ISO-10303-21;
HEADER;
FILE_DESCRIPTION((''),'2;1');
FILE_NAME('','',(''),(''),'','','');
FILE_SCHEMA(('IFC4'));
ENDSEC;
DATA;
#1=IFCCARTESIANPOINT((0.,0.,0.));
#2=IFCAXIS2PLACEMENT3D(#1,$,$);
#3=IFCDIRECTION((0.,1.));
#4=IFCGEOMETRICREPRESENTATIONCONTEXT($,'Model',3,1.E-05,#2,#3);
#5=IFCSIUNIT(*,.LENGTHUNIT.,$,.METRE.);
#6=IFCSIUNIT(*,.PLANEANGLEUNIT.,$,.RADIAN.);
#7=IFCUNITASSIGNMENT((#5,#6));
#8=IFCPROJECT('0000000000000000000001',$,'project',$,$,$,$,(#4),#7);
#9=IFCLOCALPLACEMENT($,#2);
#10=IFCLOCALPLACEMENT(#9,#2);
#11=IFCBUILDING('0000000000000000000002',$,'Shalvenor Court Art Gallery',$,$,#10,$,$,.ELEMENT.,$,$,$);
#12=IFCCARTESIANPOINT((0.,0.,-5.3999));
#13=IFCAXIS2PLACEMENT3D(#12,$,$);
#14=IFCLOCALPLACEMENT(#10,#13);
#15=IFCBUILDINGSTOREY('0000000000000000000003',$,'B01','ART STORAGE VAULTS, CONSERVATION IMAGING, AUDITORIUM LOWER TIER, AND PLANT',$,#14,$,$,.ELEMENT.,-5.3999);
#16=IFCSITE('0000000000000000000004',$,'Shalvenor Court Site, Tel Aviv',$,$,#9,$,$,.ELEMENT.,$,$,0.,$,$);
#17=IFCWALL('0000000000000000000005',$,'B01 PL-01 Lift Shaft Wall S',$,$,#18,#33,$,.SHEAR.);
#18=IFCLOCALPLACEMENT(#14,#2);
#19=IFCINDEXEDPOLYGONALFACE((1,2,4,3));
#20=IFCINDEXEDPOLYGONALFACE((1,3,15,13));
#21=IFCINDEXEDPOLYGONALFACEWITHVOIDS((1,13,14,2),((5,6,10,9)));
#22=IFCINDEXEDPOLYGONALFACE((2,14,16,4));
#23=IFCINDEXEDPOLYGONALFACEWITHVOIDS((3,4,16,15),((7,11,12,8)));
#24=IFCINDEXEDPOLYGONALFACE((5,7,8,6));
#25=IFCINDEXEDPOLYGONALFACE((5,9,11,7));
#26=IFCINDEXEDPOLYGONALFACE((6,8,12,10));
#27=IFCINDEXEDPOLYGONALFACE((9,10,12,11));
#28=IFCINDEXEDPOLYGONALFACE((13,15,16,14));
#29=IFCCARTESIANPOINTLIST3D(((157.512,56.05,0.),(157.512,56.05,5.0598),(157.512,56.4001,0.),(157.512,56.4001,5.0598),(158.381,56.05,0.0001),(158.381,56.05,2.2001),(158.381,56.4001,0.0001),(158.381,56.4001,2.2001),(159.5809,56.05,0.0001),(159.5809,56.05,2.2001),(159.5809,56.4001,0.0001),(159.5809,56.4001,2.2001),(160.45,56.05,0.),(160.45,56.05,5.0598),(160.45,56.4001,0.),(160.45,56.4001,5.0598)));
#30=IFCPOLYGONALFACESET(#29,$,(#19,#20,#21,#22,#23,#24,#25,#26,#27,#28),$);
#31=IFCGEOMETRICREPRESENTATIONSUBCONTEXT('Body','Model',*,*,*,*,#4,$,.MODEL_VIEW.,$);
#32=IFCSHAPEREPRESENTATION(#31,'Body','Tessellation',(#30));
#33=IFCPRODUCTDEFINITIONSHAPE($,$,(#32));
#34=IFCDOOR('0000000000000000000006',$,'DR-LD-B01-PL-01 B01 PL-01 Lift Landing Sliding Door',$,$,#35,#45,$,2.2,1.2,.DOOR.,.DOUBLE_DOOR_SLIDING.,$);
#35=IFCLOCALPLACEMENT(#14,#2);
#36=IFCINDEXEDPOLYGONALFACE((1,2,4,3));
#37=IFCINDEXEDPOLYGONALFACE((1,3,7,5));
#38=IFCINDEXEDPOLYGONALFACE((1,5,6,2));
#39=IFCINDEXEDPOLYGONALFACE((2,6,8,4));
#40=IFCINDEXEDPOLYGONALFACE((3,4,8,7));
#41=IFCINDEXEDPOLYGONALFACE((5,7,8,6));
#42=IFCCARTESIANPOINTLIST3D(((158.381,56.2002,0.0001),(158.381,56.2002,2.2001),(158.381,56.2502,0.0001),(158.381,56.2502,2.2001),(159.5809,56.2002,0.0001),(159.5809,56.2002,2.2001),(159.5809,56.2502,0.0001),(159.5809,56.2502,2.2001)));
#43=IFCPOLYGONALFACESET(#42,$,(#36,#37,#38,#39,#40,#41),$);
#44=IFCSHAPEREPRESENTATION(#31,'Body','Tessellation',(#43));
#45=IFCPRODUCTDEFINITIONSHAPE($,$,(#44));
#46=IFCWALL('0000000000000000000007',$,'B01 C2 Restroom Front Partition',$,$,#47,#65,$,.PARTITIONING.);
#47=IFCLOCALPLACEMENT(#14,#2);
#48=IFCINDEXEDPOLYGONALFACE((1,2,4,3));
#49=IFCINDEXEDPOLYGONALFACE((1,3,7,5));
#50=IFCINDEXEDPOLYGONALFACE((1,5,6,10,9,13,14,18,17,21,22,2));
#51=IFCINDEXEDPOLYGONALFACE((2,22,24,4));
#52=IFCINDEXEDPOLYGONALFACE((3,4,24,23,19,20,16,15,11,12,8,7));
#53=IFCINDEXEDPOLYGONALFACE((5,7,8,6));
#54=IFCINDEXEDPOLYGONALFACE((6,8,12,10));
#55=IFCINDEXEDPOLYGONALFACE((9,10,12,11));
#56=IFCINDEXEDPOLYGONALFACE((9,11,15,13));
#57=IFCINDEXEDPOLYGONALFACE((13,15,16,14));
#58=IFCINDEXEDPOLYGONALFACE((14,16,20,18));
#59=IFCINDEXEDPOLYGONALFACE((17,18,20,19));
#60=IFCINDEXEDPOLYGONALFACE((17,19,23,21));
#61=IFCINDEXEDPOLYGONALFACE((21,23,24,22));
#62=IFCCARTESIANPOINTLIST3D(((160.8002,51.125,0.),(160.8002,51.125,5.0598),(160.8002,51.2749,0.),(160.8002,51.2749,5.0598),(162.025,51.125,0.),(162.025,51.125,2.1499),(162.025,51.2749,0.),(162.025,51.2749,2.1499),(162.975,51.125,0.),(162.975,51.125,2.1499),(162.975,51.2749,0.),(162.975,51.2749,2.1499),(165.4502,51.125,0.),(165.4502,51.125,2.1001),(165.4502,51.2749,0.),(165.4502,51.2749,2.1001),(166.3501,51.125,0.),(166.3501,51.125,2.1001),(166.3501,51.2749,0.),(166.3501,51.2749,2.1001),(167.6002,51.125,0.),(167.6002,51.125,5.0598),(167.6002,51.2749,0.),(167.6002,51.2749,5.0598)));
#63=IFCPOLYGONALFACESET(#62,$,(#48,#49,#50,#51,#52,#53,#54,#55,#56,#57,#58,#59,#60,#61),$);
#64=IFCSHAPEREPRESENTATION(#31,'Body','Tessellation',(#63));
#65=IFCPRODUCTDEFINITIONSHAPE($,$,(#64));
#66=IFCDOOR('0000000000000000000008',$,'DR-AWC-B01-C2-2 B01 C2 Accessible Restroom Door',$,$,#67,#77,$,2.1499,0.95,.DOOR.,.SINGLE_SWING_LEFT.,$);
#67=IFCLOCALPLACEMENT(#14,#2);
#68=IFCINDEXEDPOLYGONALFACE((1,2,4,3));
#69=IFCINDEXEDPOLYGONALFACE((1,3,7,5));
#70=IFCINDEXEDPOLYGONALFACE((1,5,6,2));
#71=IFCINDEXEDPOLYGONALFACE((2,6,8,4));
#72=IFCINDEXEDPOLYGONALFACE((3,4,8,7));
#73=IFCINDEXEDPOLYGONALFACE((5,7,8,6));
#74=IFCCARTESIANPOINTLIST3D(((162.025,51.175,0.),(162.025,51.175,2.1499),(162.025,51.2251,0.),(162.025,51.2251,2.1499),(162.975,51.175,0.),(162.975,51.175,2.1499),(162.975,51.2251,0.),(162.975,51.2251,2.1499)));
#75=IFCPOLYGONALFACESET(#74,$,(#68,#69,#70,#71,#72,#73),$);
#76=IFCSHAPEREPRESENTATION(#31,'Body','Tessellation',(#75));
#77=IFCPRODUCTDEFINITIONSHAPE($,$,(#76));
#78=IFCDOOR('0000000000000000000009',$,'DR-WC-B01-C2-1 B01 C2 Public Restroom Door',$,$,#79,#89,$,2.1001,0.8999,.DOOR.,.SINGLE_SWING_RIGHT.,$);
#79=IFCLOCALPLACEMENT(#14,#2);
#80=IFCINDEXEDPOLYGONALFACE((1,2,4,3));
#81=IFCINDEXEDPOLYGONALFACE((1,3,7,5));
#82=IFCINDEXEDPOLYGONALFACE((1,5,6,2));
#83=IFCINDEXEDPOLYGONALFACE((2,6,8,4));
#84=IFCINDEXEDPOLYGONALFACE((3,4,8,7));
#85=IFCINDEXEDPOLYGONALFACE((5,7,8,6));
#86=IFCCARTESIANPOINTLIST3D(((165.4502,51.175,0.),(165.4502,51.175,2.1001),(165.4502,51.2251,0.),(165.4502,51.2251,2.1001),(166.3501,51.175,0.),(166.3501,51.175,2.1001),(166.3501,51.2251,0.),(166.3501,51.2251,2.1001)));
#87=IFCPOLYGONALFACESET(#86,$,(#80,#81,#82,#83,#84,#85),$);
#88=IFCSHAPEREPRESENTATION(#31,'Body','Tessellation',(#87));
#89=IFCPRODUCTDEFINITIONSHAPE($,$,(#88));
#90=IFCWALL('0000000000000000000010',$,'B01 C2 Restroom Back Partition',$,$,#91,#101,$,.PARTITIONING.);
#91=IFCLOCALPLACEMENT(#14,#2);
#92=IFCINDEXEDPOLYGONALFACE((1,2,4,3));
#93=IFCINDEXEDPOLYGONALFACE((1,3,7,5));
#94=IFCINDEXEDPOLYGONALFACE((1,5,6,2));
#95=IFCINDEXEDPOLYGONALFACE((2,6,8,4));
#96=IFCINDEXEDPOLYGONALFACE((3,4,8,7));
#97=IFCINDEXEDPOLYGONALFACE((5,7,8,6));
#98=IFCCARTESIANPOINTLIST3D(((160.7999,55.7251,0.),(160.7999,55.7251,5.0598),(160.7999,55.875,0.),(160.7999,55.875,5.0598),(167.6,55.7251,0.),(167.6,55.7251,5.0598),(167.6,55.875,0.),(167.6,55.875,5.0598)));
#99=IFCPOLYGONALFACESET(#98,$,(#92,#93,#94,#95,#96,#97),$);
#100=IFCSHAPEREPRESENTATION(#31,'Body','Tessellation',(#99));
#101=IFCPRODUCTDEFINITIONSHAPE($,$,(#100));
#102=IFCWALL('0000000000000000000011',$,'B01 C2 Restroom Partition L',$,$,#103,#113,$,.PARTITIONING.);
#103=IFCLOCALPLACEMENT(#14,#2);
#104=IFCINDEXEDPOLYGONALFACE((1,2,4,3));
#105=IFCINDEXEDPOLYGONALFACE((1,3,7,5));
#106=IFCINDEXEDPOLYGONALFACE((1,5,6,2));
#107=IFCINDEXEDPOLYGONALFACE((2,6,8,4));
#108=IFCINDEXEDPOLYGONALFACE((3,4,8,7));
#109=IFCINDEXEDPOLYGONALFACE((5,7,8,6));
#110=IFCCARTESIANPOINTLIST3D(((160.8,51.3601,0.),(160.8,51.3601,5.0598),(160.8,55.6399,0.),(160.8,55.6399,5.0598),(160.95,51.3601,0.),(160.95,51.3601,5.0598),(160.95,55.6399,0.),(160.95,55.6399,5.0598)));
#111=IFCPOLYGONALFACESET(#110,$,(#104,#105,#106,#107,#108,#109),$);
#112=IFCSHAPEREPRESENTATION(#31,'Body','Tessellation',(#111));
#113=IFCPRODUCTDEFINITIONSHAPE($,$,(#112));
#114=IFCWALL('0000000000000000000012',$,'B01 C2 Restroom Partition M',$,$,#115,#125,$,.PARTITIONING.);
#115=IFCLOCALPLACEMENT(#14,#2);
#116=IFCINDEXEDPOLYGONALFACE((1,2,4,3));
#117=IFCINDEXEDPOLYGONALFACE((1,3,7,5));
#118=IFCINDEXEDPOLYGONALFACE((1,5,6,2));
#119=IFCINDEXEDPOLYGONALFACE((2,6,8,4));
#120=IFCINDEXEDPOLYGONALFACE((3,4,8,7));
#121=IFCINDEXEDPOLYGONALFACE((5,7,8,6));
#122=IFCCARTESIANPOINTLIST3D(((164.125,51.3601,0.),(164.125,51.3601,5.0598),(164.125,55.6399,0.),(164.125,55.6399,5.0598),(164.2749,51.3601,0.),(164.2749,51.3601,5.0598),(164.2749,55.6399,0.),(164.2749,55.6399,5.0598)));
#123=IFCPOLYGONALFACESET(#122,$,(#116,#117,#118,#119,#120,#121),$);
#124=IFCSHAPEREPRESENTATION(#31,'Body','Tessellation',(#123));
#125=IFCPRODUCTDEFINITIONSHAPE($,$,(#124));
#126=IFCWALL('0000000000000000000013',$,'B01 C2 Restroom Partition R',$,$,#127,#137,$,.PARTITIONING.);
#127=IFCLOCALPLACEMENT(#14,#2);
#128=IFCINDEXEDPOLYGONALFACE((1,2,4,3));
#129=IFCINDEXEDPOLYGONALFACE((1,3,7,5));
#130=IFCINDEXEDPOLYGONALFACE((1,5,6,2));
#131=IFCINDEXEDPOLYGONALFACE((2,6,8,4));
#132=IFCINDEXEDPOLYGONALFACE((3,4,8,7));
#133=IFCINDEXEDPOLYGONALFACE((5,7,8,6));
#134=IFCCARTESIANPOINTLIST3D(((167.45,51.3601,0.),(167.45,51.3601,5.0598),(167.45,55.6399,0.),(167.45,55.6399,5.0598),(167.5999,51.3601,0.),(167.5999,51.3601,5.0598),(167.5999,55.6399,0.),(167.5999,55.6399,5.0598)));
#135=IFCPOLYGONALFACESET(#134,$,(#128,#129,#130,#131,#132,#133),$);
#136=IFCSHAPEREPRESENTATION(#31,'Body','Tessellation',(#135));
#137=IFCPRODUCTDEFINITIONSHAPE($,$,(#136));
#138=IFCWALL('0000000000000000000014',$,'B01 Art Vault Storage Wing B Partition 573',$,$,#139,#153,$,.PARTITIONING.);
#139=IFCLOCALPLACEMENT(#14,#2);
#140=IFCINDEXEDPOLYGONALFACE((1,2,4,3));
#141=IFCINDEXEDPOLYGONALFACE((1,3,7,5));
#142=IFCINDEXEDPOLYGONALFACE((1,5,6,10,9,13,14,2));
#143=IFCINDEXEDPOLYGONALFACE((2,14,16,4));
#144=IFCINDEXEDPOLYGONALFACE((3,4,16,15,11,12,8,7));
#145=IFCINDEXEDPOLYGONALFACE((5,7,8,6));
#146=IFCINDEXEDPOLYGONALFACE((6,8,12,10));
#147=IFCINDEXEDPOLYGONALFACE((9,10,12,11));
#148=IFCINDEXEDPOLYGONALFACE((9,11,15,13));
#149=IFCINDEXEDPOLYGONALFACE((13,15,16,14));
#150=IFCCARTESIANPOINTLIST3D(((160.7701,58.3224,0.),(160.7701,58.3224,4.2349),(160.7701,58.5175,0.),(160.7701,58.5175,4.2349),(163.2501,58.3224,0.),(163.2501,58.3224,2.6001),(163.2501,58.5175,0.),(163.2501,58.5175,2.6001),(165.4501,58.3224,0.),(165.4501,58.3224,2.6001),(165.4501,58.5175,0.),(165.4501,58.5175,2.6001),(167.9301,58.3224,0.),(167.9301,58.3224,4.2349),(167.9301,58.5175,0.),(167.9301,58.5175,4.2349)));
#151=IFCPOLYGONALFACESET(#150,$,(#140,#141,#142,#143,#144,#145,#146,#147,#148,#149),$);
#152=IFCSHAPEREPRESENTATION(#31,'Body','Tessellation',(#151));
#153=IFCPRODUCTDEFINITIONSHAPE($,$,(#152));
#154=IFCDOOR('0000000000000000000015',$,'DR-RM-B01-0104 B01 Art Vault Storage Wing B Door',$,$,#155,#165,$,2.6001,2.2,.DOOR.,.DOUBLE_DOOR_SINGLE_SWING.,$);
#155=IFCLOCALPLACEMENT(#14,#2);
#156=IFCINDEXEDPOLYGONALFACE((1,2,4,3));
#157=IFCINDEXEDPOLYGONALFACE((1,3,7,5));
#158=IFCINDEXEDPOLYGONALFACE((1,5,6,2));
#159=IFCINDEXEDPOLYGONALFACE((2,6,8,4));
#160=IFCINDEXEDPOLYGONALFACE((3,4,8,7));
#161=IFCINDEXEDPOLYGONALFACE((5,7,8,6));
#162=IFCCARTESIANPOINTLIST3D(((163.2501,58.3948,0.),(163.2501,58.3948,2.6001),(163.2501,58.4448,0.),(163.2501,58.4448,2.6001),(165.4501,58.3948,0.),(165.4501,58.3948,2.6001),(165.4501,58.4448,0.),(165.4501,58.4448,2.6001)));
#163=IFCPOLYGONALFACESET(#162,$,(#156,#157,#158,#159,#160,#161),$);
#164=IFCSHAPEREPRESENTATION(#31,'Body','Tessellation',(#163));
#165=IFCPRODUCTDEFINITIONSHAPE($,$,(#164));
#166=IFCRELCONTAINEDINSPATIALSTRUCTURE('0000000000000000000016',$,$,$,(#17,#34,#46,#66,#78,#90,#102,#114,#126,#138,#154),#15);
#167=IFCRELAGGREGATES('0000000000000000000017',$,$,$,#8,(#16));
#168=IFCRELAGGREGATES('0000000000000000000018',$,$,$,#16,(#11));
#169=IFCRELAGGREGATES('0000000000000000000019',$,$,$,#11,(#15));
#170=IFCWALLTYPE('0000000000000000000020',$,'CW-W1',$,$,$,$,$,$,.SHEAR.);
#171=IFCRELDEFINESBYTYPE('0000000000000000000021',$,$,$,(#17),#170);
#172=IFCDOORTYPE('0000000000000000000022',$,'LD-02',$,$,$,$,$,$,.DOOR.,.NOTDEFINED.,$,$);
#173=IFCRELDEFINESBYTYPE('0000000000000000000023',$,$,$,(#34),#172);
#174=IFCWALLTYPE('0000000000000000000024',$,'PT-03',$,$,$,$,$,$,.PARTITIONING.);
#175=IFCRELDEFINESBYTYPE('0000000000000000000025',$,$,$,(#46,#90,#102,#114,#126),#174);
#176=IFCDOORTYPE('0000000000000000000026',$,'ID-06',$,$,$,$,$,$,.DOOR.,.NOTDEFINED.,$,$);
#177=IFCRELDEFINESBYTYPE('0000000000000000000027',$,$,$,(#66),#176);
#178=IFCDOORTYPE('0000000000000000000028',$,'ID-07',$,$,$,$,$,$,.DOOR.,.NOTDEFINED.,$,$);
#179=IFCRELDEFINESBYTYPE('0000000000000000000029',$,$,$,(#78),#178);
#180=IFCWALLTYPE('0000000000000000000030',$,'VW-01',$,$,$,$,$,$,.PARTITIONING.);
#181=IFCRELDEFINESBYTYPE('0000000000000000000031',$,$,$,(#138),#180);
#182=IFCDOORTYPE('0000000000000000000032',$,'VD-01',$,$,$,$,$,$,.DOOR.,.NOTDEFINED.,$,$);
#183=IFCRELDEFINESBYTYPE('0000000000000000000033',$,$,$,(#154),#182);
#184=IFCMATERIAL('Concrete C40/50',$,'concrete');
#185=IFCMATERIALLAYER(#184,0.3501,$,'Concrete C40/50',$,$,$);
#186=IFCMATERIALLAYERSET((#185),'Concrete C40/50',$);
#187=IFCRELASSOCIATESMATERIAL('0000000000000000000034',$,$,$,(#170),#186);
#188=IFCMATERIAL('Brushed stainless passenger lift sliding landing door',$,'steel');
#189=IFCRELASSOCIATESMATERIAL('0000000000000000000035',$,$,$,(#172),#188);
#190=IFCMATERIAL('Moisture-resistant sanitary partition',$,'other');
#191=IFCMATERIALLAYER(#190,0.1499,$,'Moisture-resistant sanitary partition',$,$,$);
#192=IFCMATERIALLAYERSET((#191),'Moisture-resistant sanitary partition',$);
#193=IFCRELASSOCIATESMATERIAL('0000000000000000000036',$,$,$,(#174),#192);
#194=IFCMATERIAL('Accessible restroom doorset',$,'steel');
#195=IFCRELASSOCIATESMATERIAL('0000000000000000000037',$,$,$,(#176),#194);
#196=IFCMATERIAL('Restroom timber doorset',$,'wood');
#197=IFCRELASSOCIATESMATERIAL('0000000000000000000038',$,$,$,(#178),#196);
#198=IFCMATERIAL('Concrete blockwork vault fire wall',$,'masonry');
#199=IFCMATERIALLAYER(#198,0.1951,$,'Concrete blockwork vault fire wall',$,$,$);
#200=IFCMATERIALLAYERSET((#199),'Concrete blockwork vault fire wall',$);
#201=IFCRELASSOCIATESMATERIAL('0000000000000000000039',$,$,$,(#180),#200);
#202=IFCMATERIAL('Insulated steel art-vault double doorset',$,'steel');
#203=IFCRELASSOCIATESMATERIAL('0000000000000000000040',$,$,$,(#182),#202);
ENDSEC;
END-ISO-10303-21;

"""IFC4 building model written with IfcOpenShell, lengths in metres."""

from ifc_helpers import new_model, si_unit, direction, frame, frame_2d, origin, place, context, subcontext, project, spatial, rectangle, extrude, material, layer, layer_set, type_object, element, fill, save


model = new_model("IFC4")

# Units and contexts
model_context = context("Model", 3, precision=1e-05, world=origin(), true_north=direction((0.0, 1.0)))
body_context = subcontext(model_context, "Body", "Model", "MODEL_VIEW")
ifc_project = project(units=[si_unit("LENGTHUNIT", "METRE"), si_unit("PLANEANGLEUNIT", "RADIAN")], contexts=[model_context])

# Site, building, storey
site_placement = place(None, origin())
site = spatial("IfcSite", under=ifc_project, at=site_placement, Name="Shalvenor Court Site, Tel Aviv", CompositionType="ELEMENT", RefElevation=0.0)
building_placement = place(site_placement, origin())
building = spatial("IfcBuilding", under=site, at=building_placement, Name="Shalvenor Court Art Gallery", CompositionType="ELEMENT")
storey_placement = place(building_placement, frame((0.0, 0.0, -5.3999)))
storey = spatial("IfcBuildingStorey", under=building, at=storey_placement, Name="B01", Description="ART STORAGE VAULTS, CONSERVATION IMAGING, AUDITORIUM LOWER TIER, AND PLANT", CompositionType="ELEMENT", Elevation=-5.3999)

# Shared definitions
ifc_material_1 = material(Name="Concrete C40/50", Category="concrete")
ifc_layer_1 = layer(ifc_material_1, 0.3501, Name="Concrete C40/50")
ifc_layer_set_1 = layer_set([ifc_layer_1], Name="Concrete C40/50")
wall_type_1 = type_object("IfcWallType", Name="CW-W1", PredefinedType="SHEAR", material=ifc_layer_set_1)

# Wall, opening, door
wall_1_placement = place(storey_placement, frame((160.45, 56.2251, 0.0), z_axis=(0.0, 0.0, 1.0), x_axis=(-1.0, 0.0, 0.0)))
wall_1 = element("IfcWall", 1, at=wall_1_placement, inside=storey, type_object=wall_type_1, Name="B01 PL-01 Lift Shaft Wall S", PredefinedType="SHEAR", context=body_context, shape_type="SweptSolid", body=[
    extrude(rectangle(XDim=2.938, YDim=0.3501, at=frame_2d((1.469, 0.0))), origin(), (0.0, 0.0, 1.0), 5.0598),
])
opening_1_placement = place(wall_1_placement, frame((0.8689, 0.0, 0.0)))
opening_1 = element("IfcOpeningElement", 2, at=opening_1_placement, cuts=wall_1, PredefinedType="OPENING", context=body_context, shape_type="SweptSolid", body=[
    extrude(rectangle(XDim=1.2, YDim=2.2, at=frame_2d((0.6001, 1.1001))), frame((0.0, 0.1851, 0.0), z_axis=(0.0, -1.0, 0.0), x_axis=(1.0, 0.0, 0.0)), (0.0, 0.0, 1.0), 0.3701),
])
ifc_material_2 = material(Name="Brushed stainless passenger lift sliding landing door", Category="steel")
door_type_1 = type_object("IfcDoorType", Name="LD-02", OperationType="NOTDEFINED", PredefinedType="DOOR", material=ifc_material_2)
door_1_placement = place(opening_1_placement, origin())
door_1 = element("IfcDoor", 3, at=door_1_placement, inside=storey, type_object=door_type_1, Name="DR-LD-B01-PL-01 B01 PL-01 Lift Landing Sliding Door", OperationType="DOUBLE_DOOR_SLIDING", OverallHeight=2.2, OverallWidth=1.2, PredefinedType="DOOR", context=body_context, shape_type="SweptSolid", body=[
    extrude(rectangle(XDim=1.2, YDim=2.2, at=frame_2d((0.6001, 1.1001))), frame((0.0, 0.0249, 0.0), z_axis=(0.0, -1.0, 0.0), x_axis=(1.0, 0.0, 0.0)), (0.0, 0.0, 1.0), 0.05),
])
fill(opening_1, door_1)

# Wall, openings, doors
ifc_material_3 = material(Name="Moisture-resistant sanitary partition", Category="other")
ifc_layer_2 = layer(ifc_material_3, 0.1499, Name="Moisture-resistant sanitary partition")
ifc_layer_set_2 = layer_set([ifc_layer_2], Name="Moisture-resistant sanitary partition")
wall_type_2 = type_object("IfcWallType", Name="PT-03", PredefinedType="PARTITIONING", material=ifc_layer_set_2)
wall_2_placement = place(storey_placement, frame((167.6001, 51.2, 0.0), z_axis=(0.0, 0.0, 1.0), x_axis=(-1.0, 0.0, 0.0)))
wall_2 = element("IfcWall", 4, at=wall_2_placement, inside=storey, type_object=wall_type_2, Name="B01 C2 Restroom Front Partition", PredefinedType="PARTITIONING", context=body_context, shape_type="SweptSolid", body=[
    extrude(rectangle(XDim=6.8, YDim=0.1499, at=frame_2d((3.3999, 0.0))), origin(), (0.0, 0.0, 1.0), 5.0598),
])
opening_2_placement = place(wall_2_placement, frame((1.25, 0.0, 0.0)))
opening_2 = element("IfcOpeningElement", 5, at=opening_2_placement, cuts=wall_2, PredefinedType="OPENING", context=body_context, shape_type="SweptSolid", body=[
    extrude(rectangle(XDim=0.8999, YDim=2.1001, at=frame_2d((0.45, 1.05))), frame((0.0, 0.085, 0.0), z_axis=(0.0, -1.0, 0.0), x_axis=(1.0, 0.0, 0.0)), (0.0, 0.0, 1.0), 0.1699),
])
opening_3_placement = place(wall_2_placement, frame((4.625, 0.0, 0.0)))
opening_3 = element("IfcOpeningElement", 6, at=opening_3_placement, cuts=wall_2, PredefinedType="OPENING", context=body_context, shape_type="SweptSolid", body=[
    extrude(rectangle(XDim=0.95, YDim=2.1499, at=frame_2d((0.4751, 1.075))), frame((0.0, 0.085, 0.0), z_axis=(0.0, -1.0, 0.0), x_axis=(1.0, 0.0, 0.0)), (0.0, 0.0, 1.0), 0.1699),
])
ifc_material_4 = material(Name="Accessible restroom doorset", Category="steel")
door_type_2 = type_object("IfcDoorType", Name="ID-06", OperationType="NOTDEFINED", PredefinedType="DOOR", material=ifc_material_4)
door_2_placement = place(opening_3_placement, origin())
door_2 = element("IfcDoor", 7, at=door_2_placement, inside=storey, type_object=door_type_2, Name="DR-AWC-B01-C2-2 B01 C2 Accessible Restroom Door", OperationType="SINGLE_SWING_LEFT", OverallHeight=2.1499, OverallWidth=0.95, PredefinedType="DOOR", context=body_context, shape_type="SweptSolid", body=[
    extrude(rectangle(XDim=0.95, YDim=2.1499, at=frame_2d((0.4751, 1.075))), frame((0.0, 0.0249, 0.0), z_axis=(0.0, -1.0, 0.0), x_axis=(1.0, 0.0, 0.0)), (0.0, 0.0, 1.0), 0.05),
])
fill(opening_3, door_2)
ifc_material_5 = material(Name="Restroom timber doorset", Category="wood")
door_type_3 = type_object("IfcDoorType", Name="ID-07", OperationType="NOTDEFINED", PredefinedType="DOOR", material=ifc_material_5)
door_3_placement = place(opening_2_placement, origin())
door_3 = element("IfcDoor", 8, at=door_3_placement, inside=storey, type_object=door_type_3, Name="DR-WC-B01-C2-1 B01 C2 Public Restroom Door", OperationType="SINGLE_SWING_RIGHT", OverallHeight=2.1001, OverallWidth=0.8999, PredefinedType="DOOR", context=body_context, shape_type="SweptSolid", body=[
    extrude(rectangle(XDim=0.8999, YDim=2.1001, at=frame_2d((0.45, 1.05))), frame((0.0, 0.0249, 0.0), z_axis=(0.0, -1.0, 0.0), x_axis=(1.0, 0.0, 0.0)), (0.0, 0.0, 1.0), 0.05),
])
fill(opening_2, door_3)

# Walls
wall_3_placement = place(storey_placement, frame((160.8, 55.8, 0.0), z_axis=(0.0, 0.0, 1.0), x_axis=(1.0, 0.0, 0.0)))
element("IfcWall", 9, at=wall_3_placement, inside=storey, type_object=wall_type_2, Name="B01 C2 Restroom Back Partition", PredefinedType="PARTITIONING", context=body_context, shape_type="SweptSolid", body=[
    extrude(rectangle(XDim=6.8, YDim=0.1499, at=frame_2d((3.3999, 0.0))), origin(), (0.0, 0.0, 1.0), 5.0598),
])
for number, where, z_axis, x_axis, name in (
    (10, (160.875, 51.3601, 0.0), (0.0, 0.0, 1.0), (0.0, 1.0, 0.0), "B01 C2 Restroom Partition L"),
    (11, (164.2, 51.3601, 0.0), (0.0, 0.0, 1.0), (0.0, 1.0, 0.0), "B01 C2 Restroom Partition M"),
    (12, (167.5249, 51.3601, 0.0), (0.0, 0.0, 1.0), (0.0, 1.0, 0.0), "B01 C2 Restroom Partition R"),
):
    element("IfcWall", number, at=place(storey_placement, frame(where, z_axis=z_axis, x_axis=x_axis)), inside=storey, type_object=wall_type_2, Name=name, PredefinedType="PARTITIONING", context=body_context, shape_type="SweptSolid", body=[
        extrude(rectangle(XDim=4.2798, YDim=0.1499, at=frame_2d((2.1399, 0.0))), origin(), (0.0, 0.0, 1.0), 5.0598),
    ])

# Wall, opening, door
ifc_material_6 = material(Name="Concrete blockwork vault fire wall", Category="masonry")
ifc_layer_3 = layer(ifc_material_6, 0.1951, Name="Concrete blockwork vault fire wall")
ifc_layer_set_3 = layer_set([ifc_layer_3], Name="Concrete blockwork vault fire wall")
wall_type_3 = type_object("IfcWallType", Name="VW-01", PredefinedType="PARTITIONING", material=ifc_layer_set_3)
wall_4_placement = place(storey_placement, frame((160.77, 58.4199, 0.0), z_axis=(0.0, 0.0, 1.0), x_axis=(1.0, 0.0, 0.0)))
wall_4 = element("IfcWall", 13, at=wall_4_placement, inside=storey, type_object=wall_type_3, Name="B01 Art Vault Storage Wing B Partition 573", PredefinedType="PARTITIONING", context=body_context, shape_type="SweptSolid", body=[
    extrude(rectangle(XDim=7.1599, YDim=0.1951, at=frame_2d((3.5801, 0.0))), origin(), (0.0, 0.0, 1.0), 4.2349),
])
opening_4_placement = place(wall_4_placement, frame((2.48, 0.0, 0.0)))
opening_4 = element("IfcOpeningElement", 14, at=opening_4_placement, cuts=wall_4, PredefinedType="OPENING", context=body_context, shape_type="SweptSolid", body=[
    extrude(rectangle(XDim=2.2, YDim=2.6001, at=frame_2d((1.1001, 1.3))), frame((0.0, 0.1074, 0.0), z_axis=(0.0, -1.0, 0.0), x_axis=(1.0, 0.0, 0.0)), (0.0, 0.0, 1.0), 0.2151),
])
ifc_material_7 = material(Name="Insulated steel art-vault double doorset", Category="steel")
door_type_4 = type_object("IfcDoorType", Name="VD-01", OperationType="NOTDEFINED", PredefinedType="DOOR", material=ifc_material_7)
door_4_placement = place(opening_4_placement, origin())
door_4 = element("IfcDoor", 15, at=door_4_placement, inside=storey, type_object=door_type_4, Name="DR-RM-B01-0104 B01 Art Vault Storage Wing B Door", OperationType="DOUBLE_DOOR_SINGLE_SWING", OverallHeight=2.6001, OverallWidth=2.2, PredefinedType="DOOR", context=body_context, shape_type="SweptSolid", body=[
    extrude(rectangle(XDim=2.2, YDim=2.6001, at=frame_2d((1.1001, 1.3))), frame((0.0, 0.0249, 0.0), z_axis=(0.0, -1.0, 0.0), x_axis=(1.0, 0.0, 0.0)), (0.0, 0.0, 1.0), 0.05),
])
fill(opening_4, door_4)

save(model, "model.ifc")
